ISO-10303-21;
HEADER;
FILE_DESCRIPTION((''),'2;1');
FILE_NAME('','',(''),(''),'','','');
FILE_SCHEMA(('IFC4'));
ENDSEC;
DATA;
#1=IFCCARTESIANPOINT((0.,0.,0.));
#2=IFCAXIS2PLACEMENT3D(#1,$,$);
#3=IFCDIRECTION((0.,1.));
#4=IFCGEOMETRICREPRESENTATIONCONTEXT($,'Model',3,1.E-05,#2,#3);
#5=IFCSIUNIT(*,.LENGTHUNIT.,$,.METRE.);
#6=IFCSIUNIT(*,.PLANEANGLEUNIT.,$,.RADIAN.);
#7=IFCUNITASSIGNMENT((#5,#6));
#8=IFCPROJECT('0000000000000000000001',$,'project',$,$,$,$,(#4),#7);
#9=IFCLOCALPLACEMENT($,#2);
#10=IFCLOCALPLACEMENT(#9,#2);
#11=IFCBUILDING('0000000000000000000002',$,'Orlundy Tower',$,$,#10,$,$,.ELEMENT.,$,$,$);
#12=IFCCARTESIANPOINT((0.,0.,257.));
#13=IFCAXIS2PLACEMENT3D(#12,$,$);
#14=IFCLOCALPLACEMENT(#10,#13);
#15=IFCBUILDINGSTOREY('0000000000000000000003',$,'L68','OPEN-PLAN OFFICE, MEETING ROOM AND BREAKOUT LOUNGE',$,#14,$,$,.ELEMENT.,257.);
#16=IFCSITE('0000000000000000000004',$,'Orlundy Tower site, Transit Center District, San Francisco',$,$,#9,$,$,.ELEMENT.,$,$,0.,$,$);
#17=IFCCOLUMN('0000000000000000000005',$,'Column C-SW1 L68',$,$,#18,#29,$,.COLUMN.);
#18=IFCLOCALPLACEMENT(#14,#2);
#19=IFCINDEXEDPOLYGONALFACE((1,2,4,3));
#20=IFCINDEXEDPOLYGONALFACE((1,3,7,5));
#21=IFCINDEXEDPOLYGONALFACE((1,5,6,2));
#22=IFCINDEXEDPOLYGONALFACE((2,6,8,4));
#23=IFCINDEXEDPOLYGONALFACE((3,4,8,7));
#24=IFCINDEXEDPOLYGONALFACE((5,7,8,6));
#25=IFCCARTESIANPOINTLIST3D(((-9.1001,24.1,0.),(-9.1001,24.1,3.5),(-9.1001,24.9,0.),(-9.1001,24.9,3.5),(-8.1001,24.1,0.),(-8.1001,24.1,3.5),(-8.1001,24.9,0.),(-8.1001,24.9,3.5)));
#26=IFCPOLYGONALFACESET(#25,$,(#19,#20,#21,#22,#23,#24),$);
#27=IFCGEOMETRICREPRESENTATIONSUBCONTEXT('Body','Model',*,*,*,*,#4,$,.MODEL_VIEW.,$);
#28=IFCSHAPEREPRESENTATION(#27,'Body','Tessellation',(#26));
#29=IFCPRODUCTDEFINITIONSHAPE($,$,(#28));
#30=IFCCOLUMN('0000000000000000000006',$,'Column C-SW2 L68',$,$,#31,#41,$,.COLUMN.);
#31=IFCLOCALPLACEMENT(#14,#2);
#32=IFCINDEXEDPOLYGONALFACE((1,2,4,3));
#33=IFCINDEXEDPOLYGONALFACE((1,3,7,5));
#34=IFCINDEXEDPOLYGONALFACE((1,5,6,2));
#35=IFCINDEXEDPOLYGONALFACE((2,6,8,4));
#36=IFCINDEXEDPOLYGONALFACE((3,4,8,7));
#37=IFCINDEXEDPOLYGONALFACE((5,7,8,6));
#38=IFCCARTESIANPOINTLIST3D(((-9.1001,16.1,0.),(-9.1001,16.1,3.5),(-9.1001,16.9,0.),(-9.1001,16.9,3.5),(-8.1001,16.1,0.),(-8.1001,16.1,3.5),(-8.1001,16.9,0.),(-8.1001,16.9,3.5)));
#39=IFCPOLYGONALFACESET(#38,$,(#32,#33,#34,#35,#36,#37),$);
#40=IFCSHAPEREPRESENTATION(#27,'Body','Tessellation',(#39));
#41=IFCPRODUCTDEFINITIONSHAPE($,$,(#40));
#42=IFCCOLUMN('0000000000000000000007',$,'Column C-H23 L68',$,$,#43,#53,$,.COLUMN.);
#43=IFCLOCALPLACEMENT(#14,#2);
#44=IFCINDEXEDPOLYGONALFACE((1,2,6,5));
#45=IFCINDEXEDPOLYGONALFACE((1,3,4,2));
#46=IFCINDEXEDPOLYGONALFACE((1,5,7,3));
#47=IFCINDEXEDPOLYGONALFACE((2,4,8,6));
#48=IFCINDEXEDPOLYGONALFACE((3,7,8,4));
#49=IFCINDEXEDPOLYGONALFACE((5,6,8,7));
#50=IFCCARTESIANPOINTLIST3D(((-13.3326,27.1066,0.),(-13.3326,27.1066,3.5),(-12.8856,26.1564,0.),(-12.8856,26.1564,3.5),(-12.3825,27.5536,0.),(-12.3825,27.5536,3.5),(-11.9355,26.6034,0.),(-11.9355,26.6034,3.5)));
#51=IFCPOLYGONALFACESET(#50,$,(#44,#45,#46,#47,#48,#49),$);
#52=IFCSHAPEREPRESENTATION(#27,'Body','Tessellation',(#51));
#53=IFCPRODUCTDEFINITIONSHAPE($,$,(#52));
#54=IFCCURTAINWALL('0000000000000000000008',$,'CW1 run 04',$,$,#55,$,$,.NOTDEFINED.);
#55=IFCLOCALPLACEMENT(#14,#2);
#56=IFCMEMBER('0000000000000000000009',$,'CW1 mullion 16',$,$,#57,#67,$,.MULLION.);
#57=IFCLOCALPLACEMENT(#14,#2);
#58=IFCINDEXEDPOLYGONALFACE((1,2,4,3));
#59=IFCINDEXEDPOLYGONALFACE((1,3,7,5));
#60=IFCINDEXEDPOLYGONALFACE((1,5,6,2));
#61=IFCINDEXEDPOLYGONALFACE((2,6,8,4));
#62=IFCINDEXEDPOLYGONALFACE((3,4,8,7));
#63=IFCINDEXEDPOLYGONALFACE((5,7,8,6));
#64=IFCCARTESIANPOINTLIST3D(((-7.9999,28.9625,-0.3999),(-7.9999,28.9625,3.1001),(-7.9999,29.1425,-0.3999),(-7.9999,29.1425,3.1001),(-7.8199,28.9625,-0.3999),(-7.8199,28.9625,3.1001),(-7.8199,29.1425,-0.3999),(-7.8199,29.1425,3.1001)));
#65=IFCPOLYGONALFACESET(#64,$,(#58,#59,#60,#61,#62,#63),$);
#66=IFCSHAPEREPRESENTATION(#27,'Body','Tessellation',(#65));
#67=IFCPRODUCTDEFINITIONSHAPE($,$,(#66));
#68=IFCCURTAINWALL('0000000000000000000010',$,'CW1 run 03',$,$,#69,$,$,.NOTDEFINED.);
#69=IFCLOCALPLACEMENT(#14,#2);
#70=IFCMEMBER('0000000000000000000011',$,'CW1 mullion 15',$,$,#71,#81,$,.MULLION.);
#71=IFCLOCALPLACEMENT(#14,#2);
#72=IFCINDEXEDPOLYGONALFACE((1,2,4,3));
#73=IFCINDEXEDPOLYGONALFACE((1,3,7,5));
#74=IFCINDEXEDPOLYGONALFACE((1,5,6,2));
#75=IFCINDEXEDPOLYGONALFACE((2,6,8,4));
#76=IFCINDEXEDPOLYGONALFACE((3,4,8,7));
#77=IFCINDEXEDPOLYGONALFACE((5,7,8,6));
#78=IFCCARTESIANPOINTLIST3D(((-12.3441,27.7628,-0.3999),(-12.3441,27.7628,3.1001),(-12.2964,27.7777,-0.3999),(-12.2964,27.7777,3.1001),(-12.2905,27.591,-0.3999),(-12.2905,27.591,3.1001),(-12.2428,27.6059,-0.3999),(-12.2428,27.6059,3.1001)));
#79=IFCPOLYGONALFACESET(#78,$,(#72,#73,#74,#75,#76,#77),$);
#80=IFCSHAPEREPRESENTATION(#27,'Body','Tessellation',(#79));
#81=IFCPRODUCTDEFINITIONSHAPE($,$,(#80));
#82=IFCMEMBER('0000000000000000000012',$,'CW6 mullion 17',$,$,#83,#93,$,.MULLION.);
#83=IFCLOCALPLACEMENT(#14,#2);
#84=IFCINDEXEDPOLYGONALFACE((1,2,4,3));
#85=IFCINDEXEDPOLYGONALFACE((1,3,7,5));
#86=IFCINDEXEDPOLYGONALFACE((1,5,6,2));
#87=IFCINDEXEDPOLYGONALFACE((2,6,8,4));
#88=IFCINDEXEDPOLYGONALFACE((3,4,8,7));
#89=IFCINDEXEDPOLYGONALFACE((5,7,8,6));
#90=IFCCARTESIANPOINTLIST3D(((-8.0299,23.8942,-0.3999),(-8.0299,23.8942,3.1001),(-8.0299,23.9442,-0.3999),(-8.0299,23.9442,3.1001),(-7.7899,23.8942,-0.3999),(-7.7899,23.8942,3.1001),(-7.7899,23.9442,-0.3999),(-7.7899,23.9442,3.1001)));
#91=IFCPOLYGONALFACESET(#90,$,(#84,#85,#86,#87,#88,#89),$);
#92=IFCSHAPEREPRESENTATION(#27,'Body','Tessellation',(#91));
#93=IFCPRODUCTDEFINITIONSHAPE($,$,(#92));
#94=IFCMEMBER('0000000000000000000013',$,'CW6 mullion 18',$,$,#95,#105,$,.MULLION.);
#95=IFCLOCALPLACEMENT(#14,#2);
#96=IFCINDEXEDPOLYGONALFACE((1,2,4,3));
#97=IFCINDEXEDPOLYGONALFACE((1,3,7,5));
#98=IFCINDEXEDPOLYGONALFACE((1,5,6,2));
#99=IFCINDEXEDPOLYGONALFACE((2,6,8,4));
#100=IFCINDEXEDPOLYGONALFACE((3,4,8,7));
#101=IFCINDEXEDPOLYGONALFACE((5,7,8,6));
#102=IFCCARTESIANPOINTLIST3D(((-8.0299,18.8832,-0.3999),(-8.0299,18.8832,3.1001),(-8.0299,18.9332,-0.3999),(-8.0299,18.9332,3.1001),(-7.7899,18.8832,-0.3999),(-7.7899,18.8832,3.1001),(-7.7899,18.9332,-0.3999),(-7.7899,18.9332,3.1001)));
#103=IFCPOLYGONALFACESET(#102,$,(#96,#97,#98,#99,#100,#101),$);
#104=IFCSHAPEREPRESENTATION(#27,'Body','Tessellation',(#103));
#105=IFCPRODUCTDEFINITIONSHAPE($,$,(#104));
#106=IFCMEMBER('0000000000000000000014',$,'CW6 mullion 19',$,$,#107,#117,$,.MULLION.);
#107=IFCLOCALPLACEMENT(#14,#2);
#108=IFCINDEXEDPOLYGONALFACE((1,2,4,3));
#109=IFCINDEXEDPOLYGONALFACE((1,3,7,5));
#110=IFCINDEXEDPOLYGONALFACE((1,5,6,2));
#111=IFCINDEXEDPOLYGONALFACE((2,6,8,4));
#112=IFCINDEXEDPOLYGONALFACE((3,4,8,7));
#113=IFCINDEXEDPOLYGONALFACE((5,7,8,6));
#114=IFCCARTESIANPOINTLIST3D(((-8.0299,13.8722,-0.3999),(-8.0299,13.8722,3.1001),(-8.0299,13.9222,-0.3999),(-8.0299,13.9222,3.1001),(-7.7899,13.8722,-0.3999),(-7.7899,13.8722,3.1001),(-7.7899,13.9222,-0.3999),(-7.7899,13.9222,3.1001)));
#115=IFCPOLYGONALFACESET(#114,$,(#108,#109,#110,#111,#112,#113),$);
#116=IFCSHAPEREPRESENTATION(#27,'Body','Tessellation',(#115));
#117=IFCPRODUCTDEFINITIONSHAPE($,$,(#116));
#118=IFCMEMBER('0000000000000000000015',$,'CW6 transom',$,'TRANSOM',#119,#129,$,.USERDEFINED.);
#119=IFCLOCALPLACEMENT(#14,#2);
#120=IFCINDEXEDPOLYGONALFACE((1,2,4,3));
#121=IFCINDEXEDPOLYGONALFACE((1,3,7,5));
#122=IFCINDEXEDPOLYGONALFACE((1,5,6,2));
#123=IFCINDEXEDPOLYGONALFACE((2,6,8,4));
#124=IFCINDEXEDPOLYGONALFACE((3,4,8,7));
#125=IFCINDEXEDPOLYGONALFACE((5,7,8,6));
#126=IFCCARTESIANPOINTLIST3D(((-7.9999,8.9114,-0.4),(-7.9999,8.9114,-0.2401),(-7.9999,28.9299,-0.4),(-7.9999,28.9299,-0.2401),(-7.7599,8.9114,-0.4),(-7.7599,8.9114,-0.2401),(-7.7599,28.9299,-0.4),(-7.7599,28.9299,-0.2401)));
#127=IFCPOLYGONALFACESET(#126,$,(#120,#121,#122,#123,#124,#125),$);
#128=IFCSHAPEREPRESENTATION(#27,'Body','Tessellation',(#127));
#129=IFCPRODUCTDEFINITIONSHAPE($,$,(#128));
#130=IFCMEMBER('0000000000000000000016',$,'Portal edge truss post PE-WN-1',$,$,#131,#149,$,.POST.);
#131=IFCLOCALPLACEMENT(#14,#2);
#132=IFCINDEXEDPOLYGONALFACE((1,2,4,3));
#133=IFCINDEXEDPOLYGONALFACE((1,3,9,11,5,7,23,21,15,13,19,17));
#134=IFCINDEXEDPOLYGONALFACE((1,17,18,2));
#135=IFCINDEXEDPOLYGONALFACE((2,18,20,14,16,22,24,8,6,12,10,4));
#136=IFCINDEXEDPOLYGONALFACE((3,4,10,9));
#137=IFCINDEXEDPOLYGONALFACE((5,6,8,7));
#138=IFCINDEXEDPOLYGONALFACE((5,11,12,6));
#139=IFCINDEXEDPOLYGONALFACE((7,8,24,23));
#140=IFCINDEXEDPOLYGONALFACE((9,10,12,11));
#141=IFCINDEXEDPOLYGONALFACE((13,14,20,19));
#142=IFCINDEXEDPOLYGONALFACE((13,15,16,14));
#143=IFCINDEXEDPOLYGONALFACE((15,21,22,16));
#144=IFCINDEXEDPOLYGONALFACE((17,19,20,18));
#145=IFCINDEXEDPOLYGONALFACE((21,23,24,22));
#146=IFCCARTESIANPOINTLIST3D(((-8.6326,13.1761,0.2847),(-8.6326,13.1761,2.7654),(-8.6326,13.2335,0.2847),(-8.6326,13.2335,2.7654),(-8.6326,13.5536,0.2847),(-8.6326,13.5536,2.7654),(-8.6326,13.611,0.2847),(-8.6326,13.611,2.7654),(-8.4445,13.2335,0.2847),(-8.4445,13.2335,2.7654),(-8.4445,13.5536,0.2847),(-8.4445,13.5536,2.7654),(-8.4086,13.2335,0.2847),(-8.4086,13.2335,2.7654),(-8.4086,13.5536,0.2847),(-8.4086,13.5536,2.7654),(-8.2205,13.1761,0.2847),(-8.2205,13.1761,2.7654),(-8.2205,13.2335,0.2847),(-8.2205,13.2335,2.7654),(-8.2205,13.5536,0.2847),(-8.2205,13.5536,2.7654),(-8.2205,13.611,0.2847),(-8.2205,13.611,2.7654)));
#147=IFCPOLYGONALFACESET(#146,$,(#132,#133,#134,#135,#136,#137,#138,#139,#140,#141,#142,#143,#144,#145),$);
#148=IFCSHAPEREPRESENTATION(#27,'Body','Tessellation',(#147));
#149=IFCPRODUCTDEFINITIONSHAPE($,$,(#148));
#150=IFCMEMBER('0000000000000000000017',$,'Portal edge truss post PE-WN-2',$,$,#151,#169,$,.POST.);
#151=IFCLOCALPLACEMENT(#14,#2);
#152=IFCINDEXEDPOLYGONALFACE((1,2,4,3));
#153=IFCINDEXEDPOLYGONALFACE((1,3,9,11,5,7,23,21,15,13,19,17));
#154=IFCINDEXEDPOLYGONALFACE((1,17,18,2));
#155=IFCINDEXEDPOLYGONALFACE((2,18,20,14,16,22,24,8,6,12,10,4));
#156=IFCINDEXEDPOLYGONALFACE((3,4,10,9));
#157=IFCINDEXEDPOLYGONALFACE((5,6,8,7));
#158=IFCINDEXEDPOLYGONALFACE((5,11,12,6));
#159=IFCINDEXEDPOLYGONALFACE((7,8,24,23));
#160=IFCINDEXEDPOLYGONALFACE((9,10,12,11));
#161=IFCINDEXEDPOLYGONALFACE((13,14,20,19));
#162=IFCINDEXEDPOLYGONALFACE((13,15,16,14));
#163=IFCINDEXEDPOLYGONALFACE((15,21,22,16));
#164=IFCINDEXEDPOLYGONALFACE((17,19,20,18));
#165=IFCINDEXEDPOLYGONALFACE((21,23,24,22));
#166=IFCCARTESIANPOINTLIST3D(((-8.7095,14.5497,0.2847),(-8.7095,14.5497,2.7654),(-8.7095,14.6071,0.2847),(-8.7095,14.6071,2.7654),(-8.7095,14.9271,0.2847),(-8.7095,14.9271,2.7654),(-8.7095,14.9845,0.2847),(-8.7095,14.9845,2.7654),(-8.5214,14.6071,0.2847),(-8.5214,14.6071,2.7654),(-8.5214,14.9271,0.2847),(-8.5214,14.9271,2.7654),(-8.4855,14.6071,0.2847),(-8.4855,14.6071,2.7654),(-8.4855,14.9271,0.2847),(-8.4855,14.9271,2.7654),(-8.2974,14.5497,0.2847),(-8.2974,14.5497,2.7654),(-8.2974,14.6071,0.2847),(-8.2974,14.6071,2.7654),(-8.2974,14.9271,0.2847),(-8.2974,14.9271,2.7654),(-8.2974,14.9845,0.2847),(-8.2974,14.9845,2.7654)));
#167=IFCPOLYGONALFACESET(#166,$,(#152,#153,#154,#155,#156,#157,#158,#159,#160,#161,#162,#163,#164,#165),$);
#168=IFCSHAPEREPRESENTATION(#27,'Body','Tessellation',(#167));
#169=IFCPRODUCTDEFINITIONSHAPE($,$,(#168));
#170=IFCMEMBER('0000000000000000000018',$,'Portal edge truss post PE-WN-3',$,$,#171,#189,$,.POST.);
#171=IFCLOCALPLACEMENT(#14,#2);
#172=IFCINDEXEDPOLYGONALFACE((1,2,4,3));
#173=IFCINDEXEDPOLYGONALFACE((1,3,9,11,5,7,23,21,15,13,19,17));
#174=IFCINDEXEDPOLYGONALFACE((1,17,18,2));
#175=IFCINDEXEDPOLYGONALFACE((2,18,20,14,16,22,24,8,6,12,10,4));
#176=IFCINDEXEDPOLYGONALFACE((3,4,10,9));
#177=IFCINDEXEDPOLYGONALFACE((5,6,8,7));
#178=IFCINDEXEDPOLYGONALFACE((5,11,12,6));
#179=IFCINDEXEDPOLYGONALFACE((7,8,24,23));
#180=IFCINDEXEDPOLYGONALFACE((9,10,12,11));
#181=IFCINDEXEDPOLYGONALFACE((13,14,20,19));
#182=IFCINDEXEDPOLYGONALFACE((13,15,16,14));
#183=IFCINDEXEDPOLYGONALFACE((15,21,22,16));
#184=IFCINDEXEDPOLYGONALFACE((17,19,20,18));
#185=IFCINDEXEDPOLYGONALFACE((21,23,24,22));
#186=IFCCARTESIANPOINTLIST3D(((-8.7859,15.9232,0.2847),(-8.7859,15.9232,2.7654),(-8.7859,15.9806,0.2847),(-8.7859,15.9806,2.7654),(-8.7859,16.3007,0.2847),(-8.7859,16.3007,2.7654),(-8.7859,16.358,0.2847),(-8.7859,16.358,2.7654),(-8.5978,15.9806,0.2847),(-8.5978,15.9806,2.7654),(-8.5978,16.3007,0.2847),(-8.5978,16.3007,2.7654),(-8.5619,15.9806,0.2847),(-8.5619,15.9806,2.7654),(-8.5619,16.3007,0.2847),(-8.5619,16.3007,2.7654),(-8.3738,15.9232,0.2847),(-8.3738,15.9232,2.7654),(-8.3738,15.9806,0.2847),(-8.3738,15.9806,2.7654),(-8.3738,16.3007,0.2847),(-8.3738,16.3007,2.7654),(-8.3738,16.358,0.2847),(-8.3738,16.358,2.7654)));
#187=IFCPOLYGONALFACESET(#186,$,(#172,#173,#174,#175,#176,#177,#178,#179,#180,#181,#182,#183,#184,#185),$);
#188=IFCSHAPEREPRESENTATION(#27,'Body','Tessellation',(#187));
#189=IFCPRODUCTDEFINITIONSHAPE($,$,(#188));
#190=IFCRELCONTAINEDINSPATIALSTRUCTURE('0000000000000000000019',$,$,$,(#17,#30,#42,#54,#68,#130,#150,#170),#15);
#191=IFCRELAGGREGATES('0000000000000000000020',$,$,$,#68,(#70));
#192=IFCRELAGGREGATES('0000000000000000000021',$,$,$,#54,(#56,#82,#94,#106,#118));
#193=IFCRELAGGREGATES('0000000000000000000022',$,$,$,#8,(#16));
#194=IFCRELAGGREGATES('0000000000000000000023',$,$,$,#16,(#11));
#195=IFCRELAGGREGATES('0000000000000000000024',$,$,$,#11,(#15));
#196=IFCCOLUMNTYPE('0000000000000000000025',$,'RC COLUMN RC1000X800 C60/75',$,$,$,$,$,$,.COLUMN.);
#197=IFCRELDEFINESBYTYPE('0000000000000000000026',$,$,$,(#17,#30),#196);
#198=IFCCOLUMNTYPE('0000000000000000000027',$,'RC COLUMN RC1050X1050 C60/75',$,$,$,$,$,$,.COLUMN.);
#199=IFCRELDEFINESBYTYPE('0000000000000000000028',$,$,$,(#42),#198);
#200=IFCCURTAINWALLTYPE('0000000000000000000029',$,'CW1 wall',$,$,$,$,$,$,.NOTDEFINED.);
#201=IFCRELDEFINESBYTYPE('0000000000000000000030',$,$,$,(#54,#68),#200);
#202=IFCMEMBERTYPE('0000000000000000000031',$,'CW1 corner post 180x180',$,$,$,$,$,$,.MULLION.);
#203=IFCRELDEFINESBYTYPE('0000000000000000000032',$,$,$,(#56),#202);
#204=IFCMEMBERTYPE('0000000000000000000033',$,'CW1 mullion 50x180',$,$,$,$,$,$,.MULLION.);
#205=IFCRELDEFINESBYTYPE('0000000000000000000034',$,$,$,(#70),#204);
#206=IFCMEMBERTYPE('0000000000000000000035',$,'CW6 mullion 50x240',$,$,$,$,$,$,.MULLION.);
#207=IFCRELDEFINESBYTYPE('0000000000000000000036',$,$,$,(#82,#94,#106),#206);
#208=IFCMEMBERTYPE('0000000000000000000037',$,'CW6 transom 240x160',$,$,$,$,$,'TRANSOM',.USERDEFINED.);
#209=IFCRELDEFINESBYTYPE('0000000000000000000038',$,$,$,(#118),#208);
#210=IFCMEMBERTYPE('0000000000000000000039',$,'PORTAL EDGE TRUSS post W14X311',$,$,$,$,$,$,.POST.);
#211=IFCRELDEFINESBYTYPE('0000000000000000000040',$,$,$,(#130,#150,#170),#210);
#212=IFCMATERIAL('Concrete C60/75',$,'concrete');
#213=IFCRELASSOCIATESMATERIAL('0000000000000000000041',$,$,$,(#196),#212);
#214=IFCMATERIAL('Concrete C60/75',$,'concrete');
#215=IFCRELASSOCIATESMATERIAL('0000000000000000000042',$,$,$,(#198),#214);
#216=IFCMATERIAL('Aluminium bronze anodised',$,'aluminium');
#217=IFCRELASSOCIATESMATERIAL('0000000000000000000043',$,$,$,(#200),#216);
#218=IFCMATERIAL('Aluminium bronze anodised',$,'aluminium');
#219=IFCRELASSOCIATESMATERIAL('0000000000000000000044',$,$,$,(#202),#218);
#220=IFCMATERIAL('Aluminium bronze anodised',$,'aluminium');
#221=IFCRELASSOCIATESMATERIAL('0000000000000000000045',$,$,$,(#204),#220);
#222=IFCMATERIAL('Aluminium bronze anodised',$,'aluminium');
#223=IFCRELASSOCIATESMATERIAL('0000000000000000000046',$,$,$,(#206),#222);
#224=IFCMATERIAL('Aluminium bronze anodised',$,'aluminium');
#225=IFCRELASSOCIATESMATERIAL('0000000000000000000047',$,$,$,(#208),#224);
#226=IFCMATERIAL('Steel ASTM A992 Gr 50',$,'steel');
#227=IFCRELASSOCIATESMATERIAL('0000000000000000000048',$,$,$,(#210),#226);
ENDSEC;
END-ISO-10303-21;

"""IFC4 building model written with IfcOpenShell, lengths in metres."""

from ifc_helpers import new_model, si_unit, direction, frame, origin, origin_2d, place, context, subcontext, project, spatial, rectangle, i_section, extrude, material, material_profile, profile_set, type_object, element, aggregate, save


model = new_model("IFC4")

# Units and contexts
model_context = context("Model", 3, precision=1e-05, world=origin(), true_north=direction((0.0, 1.0)))
body_context = subcontext(model_context, "Body", "Model", "MODEL_VIEW")
ifc_project = project(units=[si_unit("LENGTHUNIT", "METRE"), si_unit("PLANEANGLEUNIT", "RADIAN")], contexts=[model_context])

# Site, building, storey
site_placement = place(None, origin())
site = spatial("IfcSite", under=ifc_project, at=site_placement, Name="Orlundy Tower site, Transit Center District, San Francisco", CompositionType="ELEMENT", RefElevation=0.0)
building_placement = place(site_placement, origin())
building = spatial("IfcBuilding", under=site, at=building_placement, Name="Orlundy Tower", CompositionType="ELEMENT")
storey_placement = place(building_placement, frame((0.0, 0.0, 257.0)))
storey = spatial("IfcBuildingStorey", under=building, at=storey_placement, Name="L68", Description="OPEN-PLAN OFFICE, MEETING ROOM AND BREAKOUT LOUNGE", CompositionType="ELEMENT", Elevation=257.0)

# Columns
ifc_material_1 = material(Name="Concrete C60/75", Category="concrete")
ifc_material_profile_1 = material_profile(ifc_material_1, rectangle(XDim=1.0, YDim=0.8, at=origin_2d()), Name="RC1000X800")
ifc_profile_set_1 = profile_set([ifc_material_profile_1], Name="Concrete C60/75")
column_type_1 = type_object("IfcColumnType", Name="RC COLUMN RC1000X800 C60/75", PredefinedType="COLUMN", material=ifc_profile_set_1)
for number, where, z_axis, x_axis, name in (
    (1, (-8.6001, 24.5, 0.0), (0.0, 0.0, 1.0), (1.0, 0.0, 0.0), "Column C-SW1 L68"),
    (2, (-8.6001, 16.5, 0.0), (0.0, 0.0, 1.0), (1.0, 0.0, 0.0), "Column C-SW2 L68"),
):
    element("IfcColumn", number, at=place(storey_placement, frame(where, z_axis=z_axis, x_axis=x_axis)), inside=storey, type_object=column_type_1, Name=name, PredefinedType="COLUMN", context=body_context, shape_type="SweptSolid", body=[
        extrude(rectangle(XDim=1.0, YDim=0.8, at=origin_2d()), origin(), (0.0, 0.0, 1.0), 3.5),
    ])
ifc_material_2 = material(Name="Concrete C60/75", Category="concrete")
ifc_material_profile_2 = material_profile(ifc_material_2, rectangle(XDim=1.05, YDim=1.05, at=origin_2d()), Name="RC1050X1050")
ifc_profile_set_2 = profile_set([ifc_material_profile_2], Name="Concrete C60/75")
column_type_2 = type_object("IfcColumnType", Name="RC COLUMN RC1050X1050 C60/75", PredefinedType="COLUMN", material=ifc_profile_set_2)
column_placement = place(storey_placement, frame((-12.634, 26.855, 0.0), z_axis=(0.0, 0.0, 1.0), x_axis=(-0.4257, 0.904864, 0.0)))
element("IfcColumn", 3, at=column_placement, inside=storey, type_object=column_type_2, Name="Column C-H23 L68", PredefinedType="COLUMN", context=body_context, shape_type="SweptSolid", body=[
    extrude(rectangle(XDim=1.05, YDim=1.05, at=origin_2d()), origin(), (0.0, 0.0, 1.0), 3.5),
])

# Curtain walls, members
ifc_material_3 = material(Name="Aluminium bronze anodised", Category="aluminium")
curtain_wall_type = type_object("IfcCurtainWallType", Name="CW1 wall", PredefinedType="NOTDEFINED", material=ifc_material_3)
curtain_wall_1_placement = place(storey_placement, origin())
curtain_wall_1 = element("IfcCurtainWall", 4, at=curtain_wall_1_placement, inside=storey, type_object=curtain_wall_type, Name="CW1 run 04", PredefinedType="NOTDEFINED")
ifc_material_4 = material(Name="Aluminium bronze anodised", Category="aluminium")
ifc_material_profile_3 = material_profile(ifc_material_4, rectangle(XDim=0.1799, YDim=0.1799, at=origin_2d()), Name="CW1 corner post 180x180")
ifc_profile_set_3 = profile_set([ifc_material_profile_3], Name="Aluminium bronze anodised")
member_type_1 = type_object("IfcMemberType", Name="CW1 corner post 180x180", PredefinedType="MULLION", material=ifc_profile_set_3)
member_1_placement = place(storey_placement, frame((-7.9099, 29.0525, -0.3999), z_axis=(0.0, 0.0, 1.0), x_axis=(1.0, 0.0, 0.0)))
member_1 = element("IfcMember", 5, at=member_1_placement, type_object=member_type_1, Name="CW1 mullion 16", PredefinedType="MULLION", context=body_context, shape_type="SweptSolid", body=[
    extrude(rectangle(XDim=0.1799, YDim=0.1799, at=origin_2d()), origin(), (0.0, 0.0, 1.0), 3.5),
])
curtain_wall_2_placement = place(storey_placement, origin())
curtain_wall_2 = element("IfcCurtainWall", 6, at=curtain_wall_2_placement, inside=storey, type_object=curtain_wall_type, Name="CW1 run 03", PredefinedType="NOTDEFINED")
ifc_material_5 = material(Name="Aluminium bronze anodised", Category="aluminium")
ifc_material_profile_4 = material_profile(ifc_material_5, rectangle(XDim=0.1799, YDim=0.05, at=origin_2d()), Name="CW1 mullion 50x180")
ifc_profile_set_4 = profile_set([ifc_material_profile_4], Name="Aluminium bronze anodised")
member_type_2 = type_object("IfcMemberType", Name="CW1 mullion 50x180", PredefinedType="MULLION", material=ifc_profile_set_4)
member_2_placement = place(storey_placement, frame((-12.2935, 27.6843, -0.3999), z_axis=(0.0, 0.0, 1.0), x_axis=(-0.297935, 0.954586, 0.0)))
member_2 = element("IfcMember", 7, at=member_2_placement, type_object=member_type_2, Name="CW1 mullion 15", PredefinedType="MULLION", context=body_context, shape_type="SweptSolid", body=[
    extrude(rectangle(XDim=0.1799, YDim=0.05, at=origin_2d()), origin(), (0.0, 0.0, 1.0), 3.5),
])

# Members
ifc_material_6 = material(Name="Aluminium bronze anodised", Category="aluminium")
ifc_material_profile_5 = material_profile(ifc_material_6, rectangle(XDim=0.24, YDim=0.05, at=origin_2d()), Name="CW6 mullion 50x240")
ifc_profile_set_5 = profile_set([ifc_material_profile_5], Name="Aluminium bronze anodised")
member_type_3 = type_object("IfcMemberType", Name="CW6 mullion 50x240", PredefinedType="MULLION", material=ifc_profile_set_5)
member_3_placement = place(storey_placement, frame((-7.9099, 23.9192, -0.3999), z_axis=(0.0, 0.0, 1.0), x_axis=(1.0, 0.0, 0.0)))
member_3 = element("IfcMember", 8, at=member_3_placement, type_object=member_type_3, Name="CW6 mullion 17", PredefinedType="MULLION", context=body_context, shape_type="SweptSolid", body=[
    extrude(rectangle(XDim=0.24, YDim=0.05, at=origin_2d()), origin(), (0.0, 0.0, 1.0), 3.5),
])
member_4_placement = place(storey_placement, frame((-7.9099, 18.9082, -0.3999), z_axis=(0.0, 0.0, 1.0), x_axis=(1.0, 0.0, 0.0)))
member_4 = element("IfcMember", 9, at=member_4_placement, type_object=member_type_3, Name="CW6 mullion 18", PredefinedType="MULLION", context=body_context, shape_type="SweptSolid", body=[
    extrude(rectangle(XDim=0.24, YDim=0.05, at=origin_2d()), origin(), (0.0, 0.0, 1.0), 3.5),
])
member_5_placement = place(storey_placement, frame((-7.9099, 13.8972, -0.3999), z_axis=(0.0, 0.0, 1.0), x_axis=(1.0, 0.0, 0.0)))
member_5 = element("IfcMember", 10, at=member_5_placement, type_object=member_type_3, Name="CW6 mullion 19", PredefinedType="MULLION", context=body_context, shape_type="SweptSolid", body=[
    extrude(rectangle(XDim=0.24, YDim=0.05, at=origin_2d()), origin(), (0.0, 0.0, 1.0), 3.5),
])
ifc_material_7 = material(Name="Aluminium bronze anodised", Category="aluminium")
ifc_material_profile_6 = material_profile(ifc_material_7, rectangle(XDim=0.24, YDim=0.1599, at=origin_2d()), Name="CW6 transom 240x160")
ifc_profile_set_6 = profile_set([ifc_material_profile_6], Name="Aluminium bronze anodised")
member_type_4 = type_object("IfcMemberType", Name="CW6 transom 240x160", ElementType="TRANSOM", PredefinedType="USERDEFINED", material=ifc_profile_set_6)
member_6_placement = place(storey_placement, frame((-7.8799, 28.9299, -0.3201), z_axis=(0.0, -1.0, 0.0), x_axis=(1.0, 0.0, 0.0)))
member_6 = element("IfcMember", 11, at=member_6_placement, type_object=member_type_4, Name="CW6 transom", ObjectType="TRANSOM", PredefinedType="USERDEFINED", context=body_context, shape_type="SweptSolid", body=[
    extrude(rectangle(XDim=0.24, YDim=0.1599, at=origin_2d()), origin(), (0.0, 0.0, 1.0), 20.0186),
])

# Members
ifc_material_8 = material(Name="Steel ASTM A992 Gr 50", Category="steel")
ifc_material_profile_7 = material_profile(ifc_material_8, i_section(OverallWidth=0.4121, OverallDepth=0.4348, WebThickness=0.0359, FlangeThickness=0.0574, at=origin_2d()), Name="W14X311")
ifc_profile_set_7 = profile_set([ifc_material_profile_7], Name="Steel ASTM A992 Gr 50")
member_type_5 = type_object("IfcMemberType", Name="PORTAL EDGE TRUSS post W14X311", PredefinedType="POST", material=ifc_profile_set_7)
for number, where, z_axis, x_axis, name in (
    (12, (-8.4265, 13.3936, 0.2847), (0.0, 0.0, 1.0), (1.0, 0.0, 0.0), "Portal edge truss post PE-WN-1"),
    (13, (-8.5034, 14.7671, 0.2847), (0.0, 0.0, 1.0), (1.0, 0.0, 0.0), "Portal edge truss post PE-WN-2"),
    (14, (-8.5798, 16.1406, 0.2847), (0.0, 0.0, 1.0), (1.0, 0.0, 0.0), "Portal edge truss post PE-WN-3"),
):
    element("IfcMember", number, at=place(storey_placement, frame(where, z_axis=z_axis, x_axis=x_axis)), inside=storey, type_object=member_type_5, Name=name, PredefinedType="POST", context=body_context, shape_type="SweptSolid", body=[
        extrude(i_section(OverallWidth=0.4121, OverallDepth=0.4348, WebThickness=0.0359, FlangeThickness=0.0574, at=origin_2d()), origin(), (0.0, 0.0, 1.0), 2.4807),
    ])

aggregate(curtain_wall_2, [member_2])
aggregate(curtain_wall_1, [member_1, member_3, member_4, member_5, member_6])

save(model, "model.ifc")
